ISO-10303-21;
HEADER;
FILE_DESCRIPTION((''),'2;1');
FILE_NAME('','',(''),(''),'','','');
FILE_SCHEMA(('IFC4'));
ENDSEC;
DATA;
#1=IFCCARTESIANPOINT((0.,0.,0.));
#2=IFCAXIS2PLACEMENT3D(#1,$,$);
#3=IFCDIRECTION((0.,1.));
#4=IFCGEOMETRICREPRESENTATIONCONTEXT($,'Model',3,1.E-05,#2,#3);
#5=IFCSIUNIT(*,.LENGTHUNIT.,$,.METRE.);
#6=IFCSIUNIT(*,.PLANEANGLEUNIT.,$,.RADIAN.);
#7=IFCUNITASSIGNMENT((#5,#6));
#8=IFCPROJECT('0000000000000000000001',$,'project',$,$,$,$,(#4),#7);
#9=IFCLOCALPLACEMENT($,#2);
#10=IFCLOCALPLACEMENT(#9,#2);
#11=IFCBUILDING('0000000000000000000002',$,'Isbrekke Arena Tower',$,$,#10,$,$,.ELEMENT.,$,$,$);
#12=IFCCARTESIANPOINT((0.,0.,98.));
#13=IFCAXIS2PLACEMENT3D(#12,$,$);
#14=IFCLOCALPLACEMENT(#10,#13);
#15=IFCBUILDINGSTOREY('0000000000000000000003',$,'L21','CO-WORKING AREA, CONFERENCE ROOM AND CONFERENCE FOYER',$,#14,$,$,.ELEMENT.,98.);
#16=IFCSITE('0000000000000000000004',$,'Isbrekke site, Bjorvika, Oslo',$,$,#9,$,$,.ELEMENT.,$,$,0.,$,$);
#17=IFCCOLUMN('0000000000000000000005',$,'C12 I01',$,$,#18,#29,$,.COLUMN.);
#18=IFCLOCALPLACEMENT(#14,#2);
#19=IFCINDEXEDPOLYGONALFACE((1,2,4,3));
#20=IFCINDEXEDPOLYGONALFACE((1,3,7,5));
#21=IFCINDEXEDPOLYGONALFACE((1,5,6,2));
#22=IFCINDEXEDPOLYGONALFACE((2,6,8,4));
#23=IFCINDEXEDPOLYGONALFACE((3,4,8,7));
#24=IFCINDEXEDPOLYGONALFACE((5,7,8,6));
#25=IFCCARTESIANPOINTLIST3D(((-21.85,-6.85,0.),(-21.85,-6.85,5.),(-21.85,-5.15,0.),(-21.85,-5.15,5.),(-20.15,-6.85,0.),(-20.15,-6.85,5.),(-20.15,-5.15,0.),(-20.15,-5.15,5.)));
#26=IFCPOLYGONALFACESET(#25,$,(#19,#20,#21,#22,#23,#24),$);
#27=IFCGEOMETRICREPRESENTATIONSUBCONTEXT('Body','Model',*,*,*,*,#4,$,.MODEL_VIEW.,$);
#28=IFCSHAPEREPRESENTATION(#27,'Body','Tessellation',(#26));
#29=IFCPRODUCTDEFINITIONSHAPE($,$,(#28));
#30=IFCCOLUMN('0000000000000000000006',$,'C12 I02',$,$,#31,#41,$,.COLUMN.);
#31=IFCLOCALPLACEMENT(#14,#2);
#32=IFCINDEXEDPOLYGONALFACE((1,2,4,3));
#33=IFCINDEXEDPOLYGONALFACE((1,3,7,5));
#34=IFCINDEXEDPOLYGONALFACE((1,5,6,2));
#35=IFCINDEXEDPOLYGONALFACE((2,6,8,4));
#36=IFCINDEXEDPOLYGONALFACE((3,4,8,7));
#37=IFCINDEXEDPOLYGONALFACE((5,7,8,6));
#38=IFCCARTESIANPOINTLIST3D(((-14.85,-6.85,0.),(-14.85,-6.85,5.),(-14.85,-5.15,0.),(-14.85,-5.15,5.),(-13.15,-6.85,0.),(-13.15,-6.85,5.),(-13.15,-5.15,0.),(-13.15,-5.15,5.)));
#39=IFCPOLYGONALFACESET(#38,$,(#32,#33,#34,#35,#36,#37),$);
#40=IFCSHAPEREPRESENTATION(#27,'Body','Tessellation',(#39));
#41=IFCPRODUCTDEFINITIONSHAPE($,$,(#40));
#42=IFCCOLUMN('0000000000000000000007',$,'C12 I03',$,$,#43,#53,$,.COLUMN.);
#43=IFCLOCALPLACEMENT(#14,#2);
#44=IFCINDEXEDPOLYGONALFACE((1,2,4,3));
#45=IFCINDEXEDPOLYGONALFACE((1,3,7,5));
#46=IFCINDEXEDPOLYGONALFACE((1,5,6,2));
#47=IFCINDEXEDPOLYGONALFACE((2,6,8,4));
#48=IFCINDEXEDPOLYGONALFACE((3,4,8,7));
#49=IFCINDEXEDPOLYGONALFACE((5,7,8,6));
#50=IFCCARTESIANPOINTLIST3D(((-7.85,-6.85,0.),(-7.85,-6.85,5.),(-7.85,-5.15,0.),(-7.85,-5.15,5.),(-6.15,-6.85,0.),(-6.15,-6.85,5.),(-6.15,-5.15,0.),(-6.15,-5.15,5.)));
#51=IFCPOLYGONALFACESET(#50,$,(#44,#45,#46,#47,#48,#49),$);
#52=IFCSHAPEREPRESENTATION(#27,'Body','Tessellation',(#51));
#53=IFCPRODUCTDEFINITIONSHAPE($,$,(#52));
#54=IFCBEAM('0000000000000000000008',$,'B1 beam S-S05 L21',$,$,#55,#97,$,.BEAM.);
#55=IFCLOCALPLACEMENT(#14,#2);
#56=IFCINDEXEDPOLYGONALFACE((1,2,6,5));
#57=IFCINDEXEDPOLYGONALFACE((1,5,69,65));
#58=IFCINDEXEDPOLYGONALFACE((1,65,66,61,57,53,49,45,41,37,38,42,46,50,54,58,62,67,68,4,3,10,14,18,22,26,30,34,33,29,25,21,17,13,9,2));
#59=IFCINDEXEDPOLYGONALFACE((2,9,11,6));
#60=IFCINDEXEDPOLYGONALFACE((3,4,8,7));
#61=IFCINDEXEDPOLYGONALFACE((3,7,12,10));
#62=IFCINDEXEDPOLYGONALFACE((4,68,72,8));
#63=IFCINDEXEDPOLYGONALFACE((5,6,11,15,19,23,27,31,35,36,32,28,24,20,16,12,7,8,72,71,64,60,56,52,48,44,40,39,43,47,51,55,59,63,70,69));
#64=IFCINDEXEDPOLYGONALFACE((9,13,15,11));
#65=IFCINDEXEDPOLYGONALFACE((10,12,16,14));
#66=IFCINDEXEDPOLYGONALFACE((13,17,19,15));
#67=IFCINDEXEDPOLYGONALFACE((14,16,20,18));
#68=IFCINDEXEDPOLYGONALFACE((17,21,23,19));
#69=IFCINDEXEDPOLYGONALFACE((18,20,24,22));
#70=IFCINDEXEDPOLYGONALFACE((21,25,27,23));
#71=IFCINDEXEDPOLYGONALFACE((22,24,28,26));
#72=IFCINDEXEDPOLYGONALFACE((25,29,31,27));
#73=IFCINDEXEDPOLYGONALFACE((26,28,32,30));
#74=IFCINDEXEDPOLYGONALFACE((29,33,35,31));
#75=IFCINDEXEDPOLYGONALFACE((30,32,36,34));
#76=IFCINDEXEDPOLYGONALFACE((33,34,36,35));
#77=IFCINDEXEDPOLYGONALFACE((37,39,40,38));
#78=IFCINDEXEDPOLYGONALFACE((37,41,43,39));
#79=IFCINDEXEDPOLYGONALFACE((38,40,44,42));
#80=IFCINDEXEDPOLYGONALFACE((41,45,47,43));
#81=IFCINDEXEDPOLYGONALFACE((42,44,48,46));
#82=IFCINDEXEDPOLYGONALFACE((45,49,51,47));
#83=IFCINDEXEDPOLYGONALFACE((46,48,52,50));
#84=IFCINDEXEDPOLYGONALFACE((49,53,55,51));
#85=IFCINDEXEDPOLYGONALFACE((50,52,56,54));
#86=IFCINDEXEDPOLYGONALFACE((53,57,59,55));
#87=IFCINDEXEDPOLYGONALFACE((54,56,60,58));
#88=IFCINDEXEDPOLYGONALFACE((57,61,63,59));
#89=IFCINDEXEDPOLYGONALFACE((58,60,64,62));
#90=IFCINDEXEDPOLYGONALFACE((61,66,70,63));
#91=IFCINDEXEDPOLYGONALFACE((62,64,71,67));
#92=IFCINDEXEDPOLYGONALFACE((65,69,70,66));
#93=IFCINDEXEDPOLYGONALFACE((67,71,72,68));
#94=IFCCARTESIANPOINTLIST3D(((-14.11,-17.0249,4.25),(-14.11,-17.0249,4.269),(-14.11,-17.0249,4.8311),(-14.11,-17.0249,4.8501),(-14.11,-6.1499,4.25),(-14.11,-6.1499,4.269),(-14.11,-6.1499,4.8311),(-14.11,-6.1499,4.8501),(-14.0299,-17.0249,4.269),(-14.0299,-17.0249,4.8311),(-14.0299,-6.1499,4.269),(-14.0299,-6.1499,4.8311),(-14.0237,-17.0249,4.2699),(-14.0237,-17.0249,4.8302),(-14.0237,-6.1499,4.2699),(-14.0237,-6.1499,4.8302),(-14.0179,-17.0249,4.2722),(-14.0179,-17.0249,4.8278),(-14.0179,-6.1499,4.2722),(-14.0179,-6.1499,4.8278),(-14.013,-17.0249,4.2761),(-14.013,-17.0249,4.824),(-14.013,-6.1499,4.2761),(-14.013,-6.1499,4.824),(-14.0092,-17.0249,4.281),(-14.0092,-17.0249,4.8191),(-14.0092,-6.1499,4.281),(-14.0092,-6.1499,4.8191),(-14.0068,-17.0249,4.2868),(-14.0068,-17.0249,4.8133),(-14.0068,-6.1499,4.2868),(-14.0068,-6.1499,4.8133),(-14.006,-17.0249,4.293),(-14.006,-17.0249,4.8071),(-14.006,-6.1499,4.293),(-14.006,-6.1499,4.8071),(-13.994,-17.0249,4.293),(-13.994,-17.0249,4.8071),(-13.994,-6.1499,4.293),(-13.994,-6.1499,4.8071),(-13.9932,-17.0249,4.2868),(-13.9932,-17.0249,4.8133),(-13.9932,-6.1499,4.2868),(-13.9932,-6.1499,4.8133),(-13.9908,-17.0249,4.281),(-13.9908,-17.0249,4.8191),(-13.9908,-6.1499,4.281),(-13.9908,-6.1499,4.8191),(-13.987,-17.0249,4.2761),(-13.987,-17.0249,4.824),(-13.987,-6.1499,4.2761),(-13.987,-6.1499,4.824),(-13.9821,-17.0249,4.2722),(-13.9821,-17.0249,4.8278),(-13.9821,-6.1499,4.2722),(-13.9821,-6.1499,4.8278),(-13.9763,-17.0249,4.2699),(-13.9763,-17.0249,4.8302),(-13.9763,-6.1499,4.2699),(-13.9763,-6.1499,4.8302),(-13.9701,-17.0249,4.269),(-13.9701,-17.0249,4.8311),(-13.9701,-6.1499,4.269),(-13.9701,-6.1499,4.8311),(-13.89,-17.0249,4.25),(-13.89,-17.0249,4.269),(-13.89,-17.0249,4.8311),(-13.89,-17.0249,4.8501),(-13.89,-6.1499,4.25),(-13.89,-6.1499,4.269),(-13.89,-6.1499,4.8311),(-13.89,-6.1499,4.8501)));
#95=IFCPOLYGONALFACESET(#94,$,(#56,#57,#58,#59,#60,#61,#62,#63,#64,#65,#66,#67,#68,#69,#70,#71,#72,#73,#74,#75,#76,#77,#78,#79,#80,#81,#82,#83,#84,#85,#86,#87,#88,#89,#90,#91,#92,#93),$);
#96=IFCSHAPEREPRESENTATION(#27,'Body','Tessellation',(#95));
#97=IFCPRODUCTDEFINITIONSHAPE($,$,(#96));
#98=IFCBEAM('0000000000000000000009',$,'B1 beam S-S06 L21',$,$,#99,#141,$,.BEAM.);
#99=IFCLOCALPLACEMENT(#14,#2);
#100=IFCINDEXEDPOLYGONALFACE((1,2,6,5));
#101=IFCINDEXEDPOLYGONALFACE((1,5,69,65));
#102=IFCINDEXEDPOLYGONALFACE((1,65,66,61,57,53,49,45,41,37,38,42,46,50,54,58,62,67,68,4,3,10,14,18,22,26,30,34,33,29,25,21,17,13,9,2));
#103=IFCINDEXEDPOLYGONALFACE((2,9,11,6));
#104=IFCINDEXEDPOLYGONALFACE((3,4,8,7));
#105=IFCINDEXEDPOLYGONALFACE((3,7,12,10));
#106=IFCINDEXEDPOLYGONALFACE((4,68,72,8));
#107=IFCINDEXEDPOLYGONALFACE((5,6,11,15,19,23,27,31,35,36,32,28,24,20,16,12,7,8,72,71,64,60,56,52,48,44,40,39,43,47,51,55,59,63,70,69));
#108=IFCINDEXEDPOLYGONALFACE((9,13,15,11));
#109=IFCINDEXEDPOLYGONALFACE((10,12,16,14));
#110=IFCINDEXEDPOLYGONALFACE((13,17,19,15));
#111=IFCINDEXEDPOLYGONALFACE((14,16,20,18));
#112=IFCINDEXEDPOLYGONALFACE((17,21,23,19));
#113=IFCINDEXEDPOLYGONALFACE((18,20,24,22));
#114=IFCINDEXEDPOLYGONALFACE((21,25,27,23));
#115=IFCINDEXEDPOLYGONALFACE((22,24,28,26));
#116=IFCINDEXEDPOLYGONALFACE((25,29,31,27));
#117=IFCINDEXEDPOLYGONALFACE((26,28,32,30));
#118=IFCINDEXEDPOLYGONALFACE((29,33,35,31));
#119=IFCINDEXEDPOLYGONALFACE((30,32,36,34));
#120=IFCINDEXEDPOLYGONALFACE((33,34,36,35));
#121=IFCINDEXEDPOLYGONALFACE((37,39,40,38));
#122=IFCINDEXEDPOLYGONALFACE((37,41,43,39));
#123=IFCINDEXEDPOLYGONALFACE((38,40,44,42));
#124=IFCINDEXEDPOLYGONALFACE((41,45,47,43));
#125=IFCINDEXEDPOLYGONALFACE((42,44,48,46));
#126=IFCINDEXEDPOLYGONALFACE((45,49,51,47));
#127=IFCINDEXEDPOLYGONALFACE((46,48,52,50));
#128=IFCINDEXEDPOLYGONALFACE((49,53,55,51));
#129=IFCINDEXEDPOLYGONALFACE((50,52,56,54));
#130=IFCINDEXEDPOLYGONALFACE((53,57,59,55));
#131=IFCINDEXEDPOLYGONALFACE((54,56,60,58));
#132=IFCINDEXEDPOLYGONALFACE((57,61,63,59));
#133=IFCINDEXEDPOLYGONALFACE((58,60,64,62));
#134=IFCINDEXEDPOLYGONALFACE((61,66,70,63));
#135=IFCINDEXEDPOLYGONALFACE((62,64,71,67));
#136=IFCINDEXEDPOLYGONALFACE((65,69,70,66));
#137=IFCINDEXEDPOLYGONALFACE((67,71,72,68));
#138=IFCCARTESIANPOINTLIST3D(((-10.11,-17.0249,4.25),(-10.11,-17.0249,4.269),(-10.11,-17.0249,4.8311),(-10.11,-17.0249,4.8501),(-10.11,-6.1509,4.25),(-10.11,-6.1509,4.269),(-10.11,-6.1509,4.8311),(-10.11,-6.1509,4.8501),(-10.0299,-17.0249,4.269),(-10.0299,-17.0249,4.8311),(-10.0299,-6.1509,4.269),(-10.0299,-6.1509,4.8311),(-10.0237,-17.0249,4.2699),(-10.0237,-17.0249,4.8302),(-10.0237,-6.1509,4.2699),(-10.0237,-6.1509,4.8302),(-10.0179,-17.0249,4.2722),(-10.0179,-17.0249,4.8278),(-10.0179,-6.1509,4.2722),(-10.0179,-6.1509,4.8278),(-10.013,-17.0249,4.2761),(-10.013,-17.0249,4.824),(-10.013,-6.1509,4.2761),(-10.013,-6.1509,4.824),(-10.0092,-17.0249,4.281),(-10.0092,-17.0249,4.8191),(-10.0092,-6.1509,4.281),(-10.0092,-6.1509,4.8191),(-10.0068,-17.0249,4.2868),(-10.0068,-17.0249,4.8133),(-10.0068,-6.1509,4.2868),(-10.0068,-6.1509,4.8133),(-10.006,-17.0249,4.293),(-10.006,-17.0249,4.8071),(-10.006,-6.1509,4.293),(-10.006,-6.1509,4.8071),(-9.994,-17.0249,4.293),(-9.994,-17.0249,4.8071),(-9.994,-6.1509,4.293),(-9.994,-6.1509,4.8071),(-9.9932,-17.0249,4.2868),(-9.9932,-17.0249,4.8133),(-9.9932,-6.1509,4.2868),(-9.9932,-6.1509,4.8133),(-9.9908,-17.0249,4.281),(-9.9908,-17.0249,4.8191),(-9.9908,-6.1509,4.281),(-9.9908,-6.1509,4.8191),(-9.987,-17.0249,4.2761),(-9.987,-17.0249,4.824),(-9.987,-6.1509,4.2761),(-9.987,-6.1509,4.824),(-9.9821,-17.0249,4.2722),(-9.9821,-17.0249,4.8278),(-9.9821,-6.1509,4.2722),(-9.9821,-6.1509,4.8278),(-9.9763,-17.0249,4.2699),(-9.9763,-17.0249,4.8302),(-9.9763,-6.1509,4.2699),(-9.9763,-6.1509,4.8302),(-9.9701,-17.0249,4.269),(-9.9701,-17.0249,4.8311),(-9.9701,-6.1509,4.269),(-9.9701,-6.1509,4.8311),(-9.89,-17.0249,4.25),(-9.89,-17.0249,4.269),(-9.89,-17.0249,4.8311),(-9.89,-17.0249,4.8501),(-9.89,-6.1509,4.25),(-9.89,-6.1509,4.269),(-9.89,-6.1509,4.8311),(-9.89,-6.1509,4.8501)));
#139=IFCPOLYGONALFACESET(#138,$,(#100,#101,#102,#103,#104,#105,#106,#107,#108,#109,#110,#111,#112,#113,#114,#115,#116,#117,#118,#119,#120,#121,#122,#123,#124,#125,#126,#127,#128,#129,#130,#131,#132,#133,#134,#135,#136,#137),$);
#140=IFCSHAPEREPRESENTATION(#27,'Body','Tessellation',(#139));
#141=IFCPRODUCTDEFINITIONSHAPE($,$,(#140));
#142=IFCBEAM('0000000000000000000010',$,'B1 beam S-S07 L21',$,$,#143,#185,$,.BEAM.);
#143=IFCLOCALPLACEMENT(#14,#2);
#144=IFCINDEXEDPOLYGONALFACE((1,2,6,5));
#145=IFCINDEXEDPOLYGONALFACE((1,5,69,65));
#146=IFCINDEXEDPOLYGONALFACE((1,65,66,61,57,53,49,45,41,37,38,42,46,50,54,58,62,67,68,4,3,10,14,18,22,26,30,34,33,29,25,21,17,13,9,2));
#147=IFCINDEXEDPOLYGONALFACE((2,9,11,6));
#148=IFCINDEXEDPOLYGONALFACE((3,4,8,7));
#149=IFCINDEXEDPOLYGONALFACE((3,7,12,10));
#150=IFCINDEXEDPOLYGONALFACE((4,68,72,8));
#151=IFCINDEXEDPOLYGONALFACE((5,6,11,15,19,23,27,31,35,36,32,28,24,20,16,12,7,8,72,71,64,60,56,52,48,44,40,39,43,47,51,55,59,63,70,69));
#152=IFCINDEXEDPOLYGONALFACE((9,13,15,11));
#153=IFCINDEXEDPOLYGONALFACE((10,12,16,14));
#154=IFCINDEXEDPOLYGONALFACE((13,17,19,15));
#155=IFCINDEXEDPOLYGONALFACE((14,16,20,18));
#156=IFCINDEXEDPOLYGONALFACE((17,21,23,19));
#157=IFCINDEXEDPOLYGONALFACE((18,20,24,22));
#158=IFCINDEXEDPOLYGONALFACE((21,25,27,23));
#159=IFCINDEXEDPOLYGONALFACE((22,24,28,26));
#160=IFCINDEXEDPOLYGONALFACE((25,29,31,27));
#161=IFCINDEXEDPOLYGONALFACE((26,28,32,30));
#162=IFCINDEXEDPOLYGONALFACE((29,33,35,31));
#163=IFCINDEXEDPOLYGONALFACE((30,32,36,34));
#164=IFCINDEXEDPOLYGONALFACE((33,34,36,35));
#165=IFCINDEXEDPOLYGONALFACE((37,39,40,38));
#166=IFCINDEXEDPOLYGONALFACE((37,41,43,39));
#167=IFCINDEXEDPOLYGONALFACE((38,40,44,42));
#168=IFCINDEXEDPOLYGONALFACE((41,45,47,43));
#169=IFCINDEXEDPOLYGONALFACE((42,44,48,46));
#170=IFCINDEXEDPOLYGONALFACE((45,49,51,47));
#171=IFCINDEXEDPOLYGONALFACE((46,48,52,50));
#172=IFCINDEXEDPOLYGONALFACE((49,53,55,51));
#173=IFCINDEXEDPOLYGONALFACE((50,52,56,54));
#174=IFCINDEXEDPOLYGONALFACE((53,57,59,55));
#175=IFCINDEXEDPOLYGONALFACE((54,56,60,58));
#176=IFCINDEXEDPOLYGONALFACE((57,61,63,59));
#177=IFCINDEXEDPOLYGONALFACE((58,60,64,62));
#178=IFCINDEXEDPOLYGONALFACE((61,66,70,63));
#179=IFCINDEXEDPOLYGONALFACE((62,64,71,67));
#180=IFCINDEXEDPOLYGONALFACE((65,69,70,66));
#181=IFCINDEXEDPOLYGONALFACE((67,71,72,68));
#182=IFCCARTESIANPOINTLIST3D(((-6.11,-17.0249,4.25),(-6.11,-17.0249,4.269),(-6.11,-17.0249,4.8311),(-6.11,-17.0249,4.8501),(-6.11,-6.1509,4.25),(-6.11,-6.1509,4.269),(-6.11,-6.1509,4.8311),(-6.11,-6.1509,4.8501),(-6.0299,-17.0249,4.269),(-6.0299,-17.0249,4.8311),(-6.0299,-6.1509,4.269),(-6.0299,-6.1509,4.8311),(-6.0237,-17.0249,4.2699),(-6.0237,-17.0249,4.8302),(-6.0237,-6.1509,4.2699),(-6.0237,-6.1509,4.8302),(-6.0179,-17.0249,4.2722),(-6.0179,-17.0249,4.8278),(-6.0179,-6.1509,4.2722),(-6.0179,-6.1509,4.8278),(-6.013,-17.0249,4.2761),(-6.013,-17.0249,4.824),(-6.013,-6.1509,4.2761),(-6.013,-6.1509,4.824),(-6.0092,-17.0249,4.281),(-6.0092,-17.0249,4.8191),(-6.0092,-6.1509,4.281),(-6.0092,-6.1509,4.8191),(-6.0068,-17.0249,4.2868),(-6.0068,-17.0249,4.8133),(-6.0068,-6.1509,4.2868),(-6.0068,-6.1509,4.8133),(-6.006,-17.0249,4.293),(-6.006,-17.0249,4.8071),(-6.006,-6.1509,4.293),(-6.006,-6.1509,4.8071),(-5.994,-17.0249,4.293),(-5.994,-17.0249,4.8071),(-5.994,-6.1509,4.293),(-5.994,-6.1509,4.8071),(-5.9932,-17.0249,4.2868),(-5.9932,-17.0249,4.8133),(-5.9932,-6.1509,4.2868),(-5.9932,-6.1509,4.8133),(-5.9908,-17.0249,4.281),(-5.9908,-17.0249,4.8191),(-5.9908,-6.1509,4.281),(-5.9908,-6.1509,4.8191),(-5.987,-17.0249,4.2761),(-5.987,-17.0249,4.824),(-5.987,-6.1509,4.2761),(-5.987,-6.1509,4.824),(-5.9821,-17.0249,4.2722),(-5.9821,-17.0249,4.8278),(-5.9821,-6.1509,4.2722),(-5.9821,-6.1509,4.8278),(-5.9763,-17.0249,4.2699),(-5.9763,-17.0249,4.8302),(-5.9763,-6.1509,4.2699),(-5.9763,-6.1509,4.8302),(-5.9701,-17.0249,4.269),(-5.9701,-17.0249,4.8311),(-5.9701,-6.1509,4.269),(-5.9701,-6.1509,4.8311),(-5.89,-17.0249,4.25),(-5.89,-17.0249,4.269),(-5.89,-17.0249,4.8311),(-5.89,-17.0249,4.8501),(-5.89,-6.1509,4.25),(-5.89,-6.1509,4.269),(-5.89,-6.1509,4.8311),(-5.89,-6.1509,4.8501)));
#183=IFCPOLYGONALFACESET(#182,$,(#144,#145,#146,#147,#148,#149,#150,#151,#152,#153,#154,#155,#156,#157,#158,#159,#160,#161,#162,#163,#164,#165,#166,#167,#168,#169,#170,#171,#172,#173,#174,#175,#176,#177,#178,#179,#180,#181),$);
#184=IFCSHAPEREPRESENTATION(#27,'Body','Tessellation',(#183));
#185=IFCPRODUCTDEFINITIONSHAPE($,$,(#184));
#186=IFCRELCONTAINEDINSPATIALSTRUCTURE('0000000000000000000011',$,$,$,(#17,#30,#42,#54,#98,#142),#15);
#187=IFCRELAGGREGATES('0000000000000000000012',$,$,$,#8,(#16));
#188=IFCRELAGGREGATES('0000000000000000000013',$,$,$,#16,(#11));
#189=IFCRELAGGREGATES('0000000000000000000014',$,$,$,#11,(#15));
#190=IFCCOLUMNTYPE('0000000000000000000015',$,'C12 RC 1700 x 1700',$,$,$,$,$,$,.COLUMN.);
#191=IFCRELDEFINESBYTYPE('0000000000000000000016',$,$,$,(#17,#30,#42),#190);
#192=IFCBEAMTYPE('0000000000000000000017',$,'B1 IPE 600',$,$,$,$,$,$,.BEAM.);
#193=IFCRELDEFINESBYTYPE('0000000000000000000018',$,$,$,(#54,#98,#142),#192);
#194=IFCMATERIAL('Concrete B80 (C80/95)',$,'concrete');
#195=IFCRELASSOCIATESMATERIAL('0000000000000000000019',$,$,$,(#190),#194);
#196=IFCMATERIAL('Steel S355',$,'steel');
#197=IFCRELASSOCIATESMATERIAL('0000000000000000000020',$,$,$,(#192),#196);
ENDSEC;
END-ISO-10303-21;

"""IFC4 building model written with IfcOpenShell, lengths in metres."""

from ifc_helpers import new_model, si_unit, direction, frame, origin, origin_2d, place, context, subcontext, project, spatial, rectangle, i_section, extrude, material, material_profile, profile_set, type_object, element, save


model = new_model("IFC4")

# Units and contexts
model_context = context("Model", 3, precision=1e-05, world=origin(), true_north=direction((0.0, 1.0)))
body_context = subcontext(model_context, "Body", "Model", "MODEL_VIEW")
ifc_project = project(units=[si_unit("LENGTHUNIT", "METRE"), si_unit("PLANEANGLEUNIT", "RADIAN")], contexts=[model_context])

# Site, building, storey
site_placement = place(None, origin())
site = spatial("IfcSite", under=ifc_project, at=site_placement, Name="Isbrekke site, Bjorvika, Oslo", CompositionType="ELEMENT", RefElevation=0.0)
building_placement = place(site_placement, origin())
building = spatial("IfcBuilding", under=site, at=building_placement, Name="Isbrekke Arena Tower", CompositionType="ELEMENT")
storey_placement = place(building_placement, frame((0.0, 0.0, 98.0)))
storey = spatial("IfcBuildingStorey", under=building, at=storey_placement, Name="L21", Description="CO-WORKING AREA, CONFERENCE ROOM AND CONFERENCE FOYER", CompositionType="ELEMENT", Elevation=98.0)

# Columns
ifc_material_1 = material(Name="Concrete B80 (C80/95)", Category="concrete")
ifc_material_profile_1 = material_profile(ifc_material_1, rectangle(XDim=1.7, YDim=1.7, at=origin_2d()), Name="RC 1700x1700")
ifc_profile_set_1 = profile_set([ifc_material_profile_1], Name="Concrete B80 (C80/95)")
column_type = type_object("IfcColumnType", Name="C12 RC 1700 x 1700", PredefinedType="COLUMN", material=ifc_profile_set_1)
for number, where, z_axis, x_axis, name in (
    (1, (-21.0, -6.0, 0.0), (0.0, 0.0, 1.0), (1.0, 0.0, 0.0), "C12 I01"),
    (2, (-14.0, -6.0, 0.0), (0.0, 0.0, 1.0), (1.0, 0.0, 0.0), "C12 I02"),
    (3, (-7.0, -6.0, 0.0), (0.0, 0.0, 1.0), (1.0, 0.0, 0.0), "C12 I03"),
):
    element("IfcColumn", number, at=place(storey_placement, frame(where, z_axis=z_axis, x_axis=x_axis)), inside=storey, type_object=column_type, Name=name, PredefinedType="COLUMN", context=body_context, shape_type="SweptSolid", body=[
        extrude(rectangle(XDim=1.7, YDim=1.7, at=origin_2d()), origin(), (0.0, 0.0, 1.0), 5.0),
    ])

# Beams
ifc_material_2 = material(Name="Steel S355", Category="steel")
ifc_material_profile_2 = material_profile(ifc_material_2, i_section(OverallWidth=0.22, OverallDepth=0.6001, WebThickness=0.012, FlangeThickness=0.019, FilletRadius=0.0239, at=origin_2d()), Name="IPE 600")
ifc_profile_set_2 = profile_set([ifc_material_profile_2], Name="Steel S355")
beam_type_1 = type_object("IfcBeamType", Name="B1 IPE 600", PredefinedType="BEAM", material=ifc_profile_set_2)
beam_1_placement = place(storey_placement, frame((-14.0, -17.0249, 4.55), z_axis=(0.0, 1.0, 0.0), x_axis=(-1.0, 0.0, 0.0)))
element("IfcBeam", 4, at=beam_1_placement, inside=storey, type_object=beam_type_1, Name="B1 beam S-S05 L21", PredefinedType="BEAM", context=body_context, shape_type="SweptSolid", body=[
    extrude(i_section(OverallWidth=0.22, OverallDepth=0.6001, WebThickness=0.012, FlangeThickness=0.019, FilletRadius=0.0239, at=origin_2d()), origin(), (0.0, 0.0, 1.0), 10.875),
])
for number, where, z_axis, x_axis, name in (
    (5, (-10.0, -17.0249, 4.55), (0.0, 1.0, 0.0), (-1.0, 0.0, 0.0), "B1 beam S-S06 L21"),
    (6, (-6.0, -17.0249, 4.55), (0.0, 1.0, 0.0), (-1.0, 0.0, 0.0), "B1 beam S-S07 L21"),
):
    element("IfcBeam", number, at=place(storey_placement, frame(where, z_axis=z_axis, x_axis=x_axis)), inside=storey, type_object=beam_type_1, Name=name, PredefinedType="BEAM", context=body_context, shape_type="SweptSolid", body=[
        extrude(i_section(OverallWidth=0.22, OverallDepth=0.6001, WebThickness=0.012, FlangeThickness=0.019, FilletRadius=0.0239, at=origin_2d()), origin(), (0.0, 0.0, 1.0), 10.874),
    ])

save(model, "model.ifc")
